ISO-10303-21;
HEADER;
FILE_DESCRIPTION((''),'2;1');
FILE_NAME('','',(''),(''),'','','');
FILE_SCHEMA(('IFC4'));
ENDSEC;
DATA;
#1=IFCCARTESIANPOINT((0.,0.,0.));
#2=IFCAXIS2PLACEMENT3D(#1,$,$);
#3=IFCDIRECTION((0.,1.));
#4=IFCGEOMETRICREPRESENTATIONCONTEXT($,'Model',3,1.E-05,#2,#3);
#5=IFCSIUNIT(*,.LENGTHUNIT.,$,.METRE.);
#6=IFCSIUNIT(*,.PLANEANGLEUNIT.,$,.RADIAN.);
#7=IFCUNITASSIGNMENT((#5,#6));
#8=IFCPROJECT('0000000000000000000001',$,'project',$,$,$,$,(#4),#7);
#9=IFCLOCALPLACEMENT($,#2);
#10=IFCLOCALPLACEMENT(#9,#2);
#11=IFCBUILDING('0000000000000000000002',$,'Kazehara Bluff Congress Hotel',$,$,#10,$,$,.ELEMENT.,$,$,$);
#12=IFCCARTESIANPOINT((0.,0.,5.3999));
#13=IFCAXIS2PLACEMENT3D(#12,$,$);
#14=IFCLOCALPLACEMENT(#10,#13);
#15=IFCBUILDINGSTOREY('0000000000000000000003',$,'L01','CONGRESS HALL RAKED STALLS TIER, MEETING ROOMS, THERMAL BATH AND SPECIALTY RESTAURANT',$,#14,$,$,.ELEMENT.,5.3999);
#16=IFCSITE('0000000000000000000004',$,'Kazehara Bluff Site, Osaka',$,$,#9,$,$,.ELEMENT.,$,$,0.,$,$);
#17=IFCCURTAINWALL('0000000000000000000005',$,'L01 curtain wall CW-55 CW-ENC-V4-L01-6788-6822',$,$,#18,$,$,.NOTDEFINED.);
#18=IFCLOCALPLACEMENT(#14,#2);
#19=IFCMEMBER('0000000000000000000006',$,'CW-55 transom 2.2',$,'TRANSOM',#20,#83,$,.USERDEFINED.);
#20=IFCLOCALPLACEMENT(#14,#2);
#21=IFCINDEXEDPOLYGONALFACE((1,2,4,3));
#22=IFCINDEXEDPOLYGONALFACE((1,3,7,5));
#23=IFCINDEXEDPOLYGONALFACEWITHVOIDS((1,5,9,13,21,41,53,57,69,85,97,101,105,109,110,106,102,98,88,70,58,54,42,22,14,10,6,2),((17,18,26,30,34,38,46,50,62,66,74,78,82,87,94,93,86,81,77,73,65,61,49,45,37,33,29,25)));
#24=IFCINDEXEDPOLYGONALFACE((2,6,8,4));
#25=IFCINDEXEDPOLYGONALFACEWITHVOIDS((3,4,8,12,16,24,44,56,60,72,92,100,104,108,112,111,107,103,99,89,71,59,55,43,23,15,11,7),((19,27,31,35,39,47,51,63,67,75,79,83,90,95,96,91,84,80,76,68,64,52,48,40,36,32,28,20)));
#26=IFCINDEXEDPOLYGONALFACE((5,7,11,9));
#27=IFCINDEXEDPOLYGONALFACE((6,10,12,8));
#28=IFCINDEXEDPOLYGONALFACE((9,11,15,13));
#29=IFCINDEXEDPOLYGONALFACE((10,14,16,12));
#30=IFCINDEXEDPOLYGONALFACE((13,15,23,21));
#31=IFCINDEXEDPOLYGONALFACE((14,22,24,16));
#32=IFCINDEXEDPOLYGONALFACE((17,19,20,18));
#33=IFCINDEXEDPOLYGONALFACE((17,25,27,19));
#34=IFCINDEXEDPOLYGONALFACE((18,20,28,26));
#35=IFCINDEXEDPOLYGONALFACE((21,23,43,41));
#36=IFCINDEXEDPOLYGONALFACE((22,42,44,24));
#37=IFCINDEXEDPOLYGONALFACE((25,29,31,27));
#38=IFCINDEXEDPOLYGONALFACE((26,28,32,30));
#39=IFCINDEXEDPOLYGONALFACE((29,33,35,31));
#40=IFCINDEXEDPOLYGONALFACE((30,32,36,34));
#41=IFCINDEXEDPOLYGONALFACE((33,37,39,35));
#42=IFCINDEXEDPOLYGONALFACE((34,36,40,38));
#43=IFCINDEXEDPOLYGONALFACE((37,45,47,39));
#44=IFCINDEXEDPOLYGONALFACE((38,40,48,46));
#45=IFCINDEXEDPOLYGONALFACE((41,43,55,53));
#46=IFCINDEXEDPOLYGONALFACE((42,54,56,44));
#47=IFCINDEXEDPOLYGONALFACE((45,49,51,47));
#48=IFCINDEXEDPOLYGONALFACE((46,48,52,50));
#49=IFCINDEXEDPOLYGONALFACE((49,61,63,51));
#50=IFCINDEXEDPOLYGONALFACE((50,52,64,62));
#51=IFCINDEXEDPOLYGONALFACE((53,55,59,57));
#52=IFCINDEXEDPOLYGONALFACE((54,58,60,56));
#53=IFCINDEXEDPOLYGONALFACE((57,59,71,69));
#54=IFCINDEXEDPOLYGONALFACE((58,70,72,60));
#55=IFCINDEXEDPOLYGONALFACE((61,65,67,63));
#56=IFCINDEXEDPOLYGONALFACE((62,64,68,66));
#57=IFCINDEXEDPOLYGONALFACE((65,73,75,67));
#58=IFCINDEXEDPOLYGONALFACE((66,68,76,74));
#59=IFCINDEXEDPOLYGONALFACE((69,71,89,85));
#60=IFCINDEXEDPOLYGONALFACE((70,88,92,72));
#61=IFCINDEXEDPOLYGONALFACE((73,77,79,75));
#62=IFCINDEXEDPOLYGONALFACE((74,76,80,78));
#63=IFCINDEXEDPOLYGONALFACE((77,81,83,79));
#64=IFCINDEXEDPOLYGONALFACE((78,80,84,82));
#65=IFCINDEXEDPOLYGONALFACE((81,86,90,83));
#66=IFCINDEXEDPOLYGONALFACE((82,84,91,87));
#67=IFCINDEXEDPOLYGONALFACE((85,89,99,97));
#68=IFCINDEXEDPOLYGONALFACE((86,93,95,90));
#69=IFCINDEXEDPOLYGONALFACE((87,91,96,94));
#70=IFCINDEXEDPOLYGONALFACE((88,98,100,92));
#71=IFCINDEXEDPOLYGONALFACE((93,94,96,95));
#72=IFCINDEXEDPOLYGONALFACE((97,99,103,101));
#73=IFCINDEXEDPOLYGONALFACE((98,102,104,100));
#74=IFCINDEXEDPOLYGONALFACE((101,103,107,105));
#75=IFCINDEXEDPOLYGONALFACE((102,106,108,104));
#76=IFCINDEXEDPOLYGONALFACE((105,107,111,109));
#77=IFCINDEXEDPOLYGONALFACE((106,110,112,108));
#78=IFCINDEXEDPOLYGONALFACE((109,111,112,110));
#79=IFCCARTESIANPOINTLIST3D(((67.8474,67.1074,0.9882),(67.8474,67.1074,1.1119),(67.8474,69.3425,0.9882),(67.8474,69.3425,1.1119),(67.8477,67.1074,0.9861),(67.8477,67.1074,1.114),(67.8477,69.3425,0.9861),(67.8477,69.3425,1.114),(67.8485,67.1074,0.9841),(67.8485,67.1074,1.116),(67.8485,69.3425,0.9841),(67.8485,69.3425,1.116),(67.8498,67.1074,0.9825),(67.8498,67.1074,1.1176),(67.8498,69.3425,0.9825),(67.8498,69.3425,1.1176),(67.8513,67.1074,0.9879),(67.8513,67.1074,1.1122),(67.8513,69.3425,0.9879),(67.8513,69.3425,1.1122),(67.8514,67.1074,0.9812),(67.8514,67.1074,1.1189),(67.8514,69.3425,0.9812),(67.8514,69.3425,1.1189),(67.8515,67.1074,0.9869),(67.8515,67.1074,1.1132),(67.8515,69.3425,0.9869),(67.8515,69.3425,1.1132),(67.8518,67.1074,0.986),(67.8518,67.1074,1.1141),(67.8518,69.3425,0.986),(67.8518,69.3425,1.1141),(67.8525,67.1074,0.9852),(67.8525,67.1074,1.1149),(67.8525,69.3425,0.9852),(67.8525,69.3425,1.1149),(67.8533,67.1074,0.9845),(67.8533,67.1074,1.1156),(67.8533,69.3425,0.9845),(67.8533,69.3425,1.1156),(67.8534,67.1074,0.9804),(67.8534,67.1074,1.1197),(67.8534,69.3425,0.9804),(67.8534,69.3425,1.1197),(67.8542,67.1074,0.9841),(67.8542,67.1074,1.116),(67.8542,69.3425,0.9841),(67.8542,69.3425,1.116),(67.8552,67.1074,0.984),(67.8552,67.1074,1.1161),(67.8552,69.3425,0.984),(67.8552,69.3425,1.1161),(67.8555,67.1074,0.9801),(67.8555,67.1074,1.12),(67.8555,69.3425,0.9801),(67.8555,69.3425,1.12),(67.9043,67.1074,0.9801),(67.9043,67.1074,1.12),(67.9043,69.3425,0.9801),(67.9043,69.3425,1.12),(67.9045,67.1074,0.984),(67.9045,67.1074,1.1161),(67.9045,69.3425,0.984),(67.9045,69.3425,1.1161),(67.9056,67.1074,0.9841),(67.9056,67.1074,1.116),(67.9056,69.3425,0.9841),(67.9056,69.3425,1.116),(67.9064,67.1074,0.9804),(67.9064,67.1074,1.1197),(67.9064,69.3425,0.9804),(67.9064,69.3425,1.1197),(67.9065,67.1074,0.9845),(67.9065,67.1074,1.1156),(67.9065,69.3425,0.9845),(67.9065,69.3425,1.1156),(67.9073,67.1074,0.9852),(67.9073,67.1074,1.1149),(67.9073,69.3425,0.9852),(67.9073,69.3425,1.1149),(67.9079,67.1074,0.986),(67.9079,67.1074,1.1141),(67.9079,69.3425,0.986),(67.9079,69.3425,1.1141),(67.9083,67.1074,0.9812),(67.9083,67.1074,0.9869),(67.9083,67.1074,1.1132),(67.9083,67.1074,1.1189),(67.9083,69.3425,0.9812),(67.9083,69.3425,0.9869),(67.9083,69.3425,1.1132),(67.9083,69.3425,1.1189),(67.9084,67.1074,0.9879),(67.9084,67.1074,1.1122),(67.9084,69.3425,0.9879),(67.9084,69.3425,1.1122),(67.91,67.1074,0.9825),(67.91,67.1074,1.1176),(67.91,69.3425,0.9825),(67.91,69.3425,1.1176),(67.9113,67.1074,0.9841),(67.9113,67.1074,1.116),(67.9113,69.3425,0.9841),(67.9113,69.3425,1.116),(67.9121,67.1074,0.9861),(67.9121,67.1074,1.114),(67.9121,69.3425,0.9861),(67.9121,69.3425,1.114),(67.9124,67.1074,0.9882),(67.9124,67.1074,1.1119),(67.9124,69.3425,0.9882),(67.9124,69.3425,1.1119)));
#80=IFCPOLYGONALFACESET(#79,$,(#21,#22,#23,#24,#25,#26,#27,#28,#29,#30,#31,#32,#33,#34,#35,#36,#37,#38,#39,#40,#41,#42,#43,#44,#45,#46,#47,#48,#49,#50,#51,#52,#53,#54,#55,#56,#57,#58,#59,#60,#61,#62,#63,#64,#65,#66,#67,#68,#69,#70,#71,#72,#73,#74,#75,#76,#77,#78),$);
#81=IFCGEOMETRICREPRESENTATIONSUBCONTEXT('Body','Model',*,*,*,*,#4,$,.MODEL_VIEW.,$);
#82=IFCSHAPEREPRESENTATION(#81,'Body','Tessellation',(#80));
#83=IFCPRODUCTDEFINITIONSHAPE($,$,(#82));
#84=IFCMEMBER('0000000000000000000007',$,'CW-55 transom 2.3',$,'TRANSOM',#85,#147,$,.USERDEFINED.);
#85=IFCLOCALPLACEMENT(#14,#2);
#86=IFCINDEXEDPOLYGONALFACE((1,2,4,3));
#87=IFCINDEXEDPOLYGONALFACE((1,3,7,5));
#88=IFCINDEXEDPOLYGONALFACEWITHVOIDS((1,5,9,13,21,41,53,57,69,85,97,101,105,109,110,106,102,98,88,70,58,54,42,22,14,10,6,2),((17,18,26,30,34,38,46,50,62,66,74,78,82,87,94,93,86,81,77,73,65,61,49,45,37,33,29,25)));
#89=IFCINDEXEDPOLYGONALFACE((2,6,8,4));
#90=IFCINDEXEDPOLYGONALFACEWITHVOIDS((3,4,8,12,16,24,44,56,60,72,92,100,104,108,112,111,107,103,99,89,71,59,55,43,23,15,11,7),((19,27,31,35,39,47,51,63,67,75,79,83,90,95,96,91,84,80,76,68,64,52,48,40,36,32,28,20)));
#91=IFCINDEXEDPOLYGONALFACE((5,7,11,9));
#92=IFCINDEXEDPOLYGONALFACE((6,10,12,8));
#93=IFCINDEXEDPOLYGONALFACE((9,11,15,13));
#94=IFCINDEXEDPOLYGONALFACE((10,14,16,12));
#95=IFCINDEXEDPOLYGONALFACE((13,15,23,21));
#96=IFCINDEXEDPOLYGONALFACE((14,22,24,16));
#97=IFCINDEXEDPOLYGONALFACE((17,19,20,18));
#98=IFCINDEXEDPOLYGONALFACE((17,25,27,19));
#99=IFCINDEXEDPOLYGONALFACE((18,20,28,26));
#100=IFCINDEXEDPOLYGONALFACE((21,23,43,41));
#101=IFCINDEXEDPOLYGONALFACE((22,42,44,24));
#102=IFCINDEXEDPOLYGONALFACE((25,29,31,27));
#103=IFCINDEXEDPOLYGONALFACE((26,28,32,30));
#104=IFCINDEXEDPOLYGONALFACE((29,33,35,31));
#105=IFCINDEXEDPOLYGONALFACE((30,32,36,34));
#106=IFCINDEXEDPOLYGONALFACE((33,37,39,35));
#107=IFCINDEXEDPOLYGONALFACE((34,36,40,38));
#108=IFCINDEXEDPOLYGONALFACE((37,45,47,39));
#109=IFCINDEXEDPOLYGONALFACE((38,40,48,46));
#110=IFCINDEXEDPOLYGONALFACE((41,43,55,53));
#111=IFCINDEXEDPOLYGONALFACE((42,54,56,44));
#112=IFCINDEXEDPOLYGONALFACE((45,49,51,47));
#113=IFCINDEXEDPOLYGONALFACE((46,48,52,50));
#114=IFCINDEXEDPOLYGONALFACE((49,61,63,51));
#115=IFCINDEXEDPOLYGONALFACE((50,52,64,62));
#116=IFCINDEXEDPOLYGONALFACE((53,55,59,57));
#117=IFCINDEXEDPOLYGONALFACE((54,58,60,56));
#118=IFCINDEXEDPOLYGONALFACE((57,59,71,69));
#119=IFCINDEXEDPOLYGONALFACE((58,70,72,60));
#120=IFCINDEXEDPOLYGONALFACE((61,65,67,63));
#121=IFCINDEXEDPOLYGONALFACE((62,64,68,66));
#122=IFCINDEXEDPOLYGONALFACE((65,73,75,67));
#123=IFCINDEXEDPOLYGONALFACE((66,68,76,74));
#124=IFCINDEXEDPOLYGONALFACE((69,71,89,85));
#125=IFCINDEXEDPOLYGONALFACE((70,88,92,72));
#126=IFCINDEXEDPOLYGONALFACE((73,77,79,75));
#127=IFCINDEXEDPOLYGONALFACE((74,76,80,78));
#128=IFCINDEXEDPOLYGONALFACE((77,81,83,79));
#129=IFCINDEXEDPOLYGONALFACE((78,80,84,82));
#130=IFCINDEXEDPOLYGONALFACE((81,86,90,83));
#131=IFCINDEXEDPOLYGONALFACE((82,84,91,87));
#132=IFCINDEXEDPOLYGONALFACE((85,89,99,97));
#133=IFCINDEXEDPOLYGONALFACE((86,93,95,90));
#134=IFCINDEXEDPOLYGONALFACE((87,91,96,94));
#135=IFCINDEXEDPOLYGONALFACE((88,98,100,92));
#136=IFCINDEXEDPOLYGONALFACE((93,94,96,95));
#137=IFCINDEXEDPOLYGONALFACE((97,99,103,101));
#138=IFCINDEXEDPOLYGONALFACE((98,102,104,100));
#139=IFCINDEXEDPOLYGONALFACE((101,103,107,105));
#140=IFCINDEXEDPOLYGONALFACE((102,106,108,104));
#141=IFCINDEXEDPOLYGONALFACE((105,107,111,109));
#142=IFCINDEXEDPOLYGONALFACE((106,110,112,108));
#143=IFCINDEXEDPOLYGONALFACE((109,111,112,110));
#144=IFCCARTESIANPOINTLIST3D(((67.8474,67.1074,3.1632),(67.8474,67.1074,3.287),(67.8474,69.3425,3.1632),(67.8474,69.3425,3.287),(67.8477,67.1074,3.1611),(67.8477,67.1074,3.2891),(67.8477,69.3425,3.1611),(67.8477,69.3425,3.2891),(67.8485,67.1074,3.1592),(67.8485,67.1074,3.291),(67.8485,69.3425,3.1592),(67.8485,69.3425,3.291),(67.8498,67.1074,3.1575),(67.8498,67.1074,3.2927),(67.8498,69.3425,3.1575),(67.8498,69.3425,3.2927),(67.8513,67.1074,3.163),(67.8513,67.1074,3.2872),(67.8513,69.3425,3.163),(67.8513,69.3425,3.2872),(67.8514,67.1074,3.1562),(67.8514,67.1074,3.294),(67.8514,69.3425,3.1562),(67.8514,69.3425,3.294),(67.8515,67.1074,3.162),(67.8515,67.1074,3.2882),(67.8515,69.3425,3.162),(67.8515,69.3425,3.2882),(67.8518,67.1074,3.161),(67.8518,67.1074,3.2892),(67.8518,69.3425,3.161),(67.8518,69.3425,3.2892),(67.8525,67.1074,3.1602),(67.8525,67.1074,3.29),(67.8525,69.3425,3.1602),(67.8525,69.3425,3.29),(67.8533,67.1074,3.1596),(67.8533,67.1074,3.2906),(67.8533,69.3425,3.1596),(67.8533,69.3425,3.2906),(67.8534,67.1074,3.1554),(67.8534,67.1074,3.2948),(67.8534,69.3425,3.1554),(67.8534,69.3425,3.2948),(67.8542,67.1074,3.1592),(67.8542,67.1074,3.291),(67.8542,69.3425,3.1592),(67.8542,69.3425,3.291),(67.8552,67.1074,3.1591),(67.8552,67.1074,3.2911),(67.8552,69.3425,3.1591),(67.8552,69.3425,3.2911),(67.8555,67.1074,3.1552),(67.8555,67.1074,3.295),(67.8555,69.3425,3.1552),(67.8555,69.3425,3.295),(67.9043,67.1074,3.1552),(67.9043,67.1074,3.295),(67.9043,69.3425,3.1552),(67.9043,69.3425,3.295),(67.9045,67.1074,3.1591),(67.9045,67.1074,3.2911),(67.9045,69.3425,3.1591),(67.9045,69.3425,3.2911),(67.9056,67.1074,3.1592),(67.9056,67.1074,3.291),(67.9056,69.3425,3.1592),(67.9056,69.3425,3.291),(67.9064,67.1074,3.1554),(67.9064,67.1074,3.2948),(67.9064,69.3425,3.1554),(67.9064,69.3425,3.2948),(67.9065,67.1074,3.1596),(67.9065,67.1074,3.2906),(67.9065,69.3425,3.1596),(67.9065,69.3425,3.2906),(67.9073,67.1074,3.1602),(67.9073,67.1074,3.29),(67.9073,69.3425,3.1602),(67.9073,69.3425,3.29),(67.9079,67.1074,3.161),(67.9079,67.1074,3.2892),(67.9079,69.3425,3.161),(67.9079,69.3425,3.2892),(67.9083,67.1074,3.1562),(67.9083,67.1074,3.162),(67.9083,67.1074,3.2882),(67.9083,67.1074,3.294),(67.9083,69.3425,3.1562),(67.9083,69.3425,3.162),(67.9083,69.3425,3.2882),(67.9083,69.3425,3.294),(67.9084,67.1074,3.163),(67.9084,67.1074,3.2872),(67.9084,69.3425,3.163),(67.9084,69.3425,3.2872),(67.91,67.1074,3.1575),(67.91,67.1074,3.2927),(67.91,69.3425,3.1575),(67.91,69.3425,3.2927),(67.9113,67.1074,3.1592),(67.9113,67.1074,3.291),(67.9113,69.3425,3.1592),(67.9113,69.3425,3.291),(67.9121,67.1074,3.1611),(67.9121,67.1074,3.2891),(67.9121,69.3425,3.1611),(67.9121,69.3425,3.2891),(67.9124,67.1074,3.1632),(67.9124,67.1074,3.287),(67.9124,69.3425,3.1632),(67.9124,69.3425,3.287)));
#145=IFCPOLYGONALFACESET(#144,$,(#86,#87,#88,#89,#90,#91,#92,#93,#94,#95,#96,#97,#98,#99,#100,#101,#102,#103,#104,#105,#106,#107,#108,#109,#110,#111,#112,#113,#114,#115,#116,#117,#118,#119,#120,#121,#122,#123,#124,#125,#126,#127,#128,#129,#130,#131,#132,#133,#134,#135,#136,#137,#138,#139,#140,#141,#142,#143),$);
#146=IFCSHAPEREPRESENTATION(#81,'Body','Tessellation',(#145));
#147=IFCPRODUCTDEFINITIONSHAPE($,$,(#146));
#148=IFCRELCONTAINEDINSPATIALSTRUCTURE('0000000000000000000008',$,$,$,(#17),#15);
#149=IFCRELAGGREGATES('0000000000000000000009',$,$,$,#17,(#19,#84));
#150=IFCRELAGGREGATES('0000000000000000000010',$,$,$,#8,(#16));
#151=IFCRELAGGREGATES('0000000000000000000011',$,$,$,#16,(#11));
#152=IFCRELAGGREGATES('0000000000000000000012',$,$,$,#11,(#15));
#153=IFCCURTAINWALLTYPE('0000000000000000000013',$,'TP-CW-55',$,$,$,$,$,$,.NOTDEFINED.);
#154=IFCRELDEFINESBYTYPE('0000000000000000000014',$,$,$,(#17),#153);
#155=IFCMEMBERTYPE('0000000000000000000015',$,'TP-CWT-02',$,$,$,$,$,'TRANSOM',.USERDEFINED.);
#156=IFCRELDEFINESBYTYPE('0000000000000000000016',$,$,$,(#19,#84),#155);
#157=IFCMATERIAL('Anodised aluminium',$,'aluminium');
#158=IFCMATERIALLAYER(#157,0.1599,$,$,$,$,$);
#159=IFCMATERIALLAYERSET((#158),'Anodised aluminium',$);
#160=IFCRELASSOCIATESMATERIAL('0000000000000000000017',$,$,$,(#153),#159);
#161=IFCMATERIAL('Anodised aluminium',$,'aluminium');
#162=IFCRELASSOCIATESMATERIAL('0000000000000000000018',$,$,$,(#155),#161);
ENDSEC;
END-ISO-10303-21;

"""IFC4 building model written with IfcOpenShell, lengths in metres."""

from ifc_helpers import new_model, si_unit, direction, frame, origin, origin_2d, place, context, subcontext, project, spatial, hollow_rectangle, extrude, material, layer, layer_set, material_profile, profile_set, type_object, element, aggregate, save


model = new_model("IFC4")

# Units and contexts
model_context = context("Model", 3, precision=1e-05, world=origin(), true_north=direction((0.0, 1.0)))
body_context = subcontext(model_context, "Body", "Model", "MODEL_VIEW")
ifc_project = project(units=[si_unit("LENGTHUNIT", "METRE"), si_unit("PLANEANGLEUNIT", "RADIAN")], contexts=[model_context])

# Site, building, storey
site_placement = place(None, origin())
site = spatial("IfcSite", under=ifc_project, at=site_placement, Name="Kazehara Bluff Site, Osaka", CompositionType="ELEMENT", RefElevation=0.0)
building_placement = place(site_placement, origin())
building = spatial("IfcBuilding", under=site, at=building_placement, Name="Kazehara Bluff Congress Hotel", CompositionType="ELEMENT")
storey_placement = place(building_placement, frame((0.0, 0.0, 5.3999)))
storey = spatial("IfcBuildingStorey", under=building, at=storey_placement, Name="L01", Description="CONGRESS HALL RAKED STALLS TIER, MEETING ROOMS, THERMAL BATH AND SPECIALTY RESTAURANT", CompositionType="ELEMENT", Elevation=5.3999)

# Curtain wall, members
ifc_material_1 = material(Name="Anodised aluminium", Category="aluminium")
ifc_layer_1 = layer(ifc_material_1, 0.1599)
ifc_layer_set_1 = layer_set([ifc_layer_1], Name="Anodised aluminium")
curtain_wall_type = type_object("IfcCurtainWallType", Name="TP-CW-55", PredefinedType="NOTDEFINED", material=ifc_layer_set_1)
curtain_wall_placement = place(storey_placement, origin())
curtain_wall = element("IfcCurtainWall", 1, at=curtain_wall_placement, inside=storey, type_object=curtain_wall_type, Name="L01 curtain wall CW-55 CW-ENC-V4-L01-6788-6822", PredefinedType="NOTDEFINED")
ifc_material_2 = material(Name="Anodised aluminium", Category="aluminium")
ifc_material_profile_1 = material_profile(ifc_material_2, hollow_rectangle(XDim=0.0649, YDim=0.1399, WallThickness=0.0039, InnerFilletRadius=0.0039, OuterFilletRadius=0.0081, at=origin_2d()))
ifc_profile_set_1 = profile_set([ifc_material_profile_1], Name="Anodised aluminium")
member_type_1 = type_object("IfcMemberType", Name="TP-CWT-02", ElementType="TRANSOM", PredefinedType="USERDEFINED", material=ifc_profile_set_1)
member_1_placement = place(storey_placement, frame((67.8799, 69.3425, 1.05), z_axis=(0.0, -1.0, 0.0), x_axis=(1.0, 0.0, 0.0)))
member_1 = element("IfcMember", 2, at=member_1_placement, type_object=member_type_1, Name="CW-55 transom 2.2", ObjectType="TRANSOM", PredefinedType="USERDEFINED", context=body_context, shape_type="SweptSolid", body=[
    extrude(hollow_rectangle(XDim=0.0649, YDim=0.1399, WallThickness=0.0039, InnerFilletRadius=0.0039, OuterFilletRadius=0.0081, at=origin_2d()), origin(), (0.0, 0.0, 1.0), 2.2351),
])
member_2_placement = place(storey_placement, frame((67.8799, 69.3425, 3.2251), z_axis=(0.0, -1.0, 0.0), x_axis=(1.0, 0.0, 0.0)))
member_2 = element("IfcMember", 3, at=member_2_placement, type_object=member_type_1, Name="CW-55 transom 2.3", ObjectType="TRANSOM", PredefinedType="USERDEFINED", context=body_context, shape_type="SweptSolid", body=[
    extrude(hollow_rectangle(XDim=0.0649, YDim=0.1399, WallThickness=0.0039, InnerFilletRadius=0.0039, OuterFilletRadius=0.0081, at=origin_2d()), origin(), (0.0, 0.0, 1.0), 2.2351),
])

aggregate(curtain_wall, [member_1, member_2])

save(model, "model.ifc")
